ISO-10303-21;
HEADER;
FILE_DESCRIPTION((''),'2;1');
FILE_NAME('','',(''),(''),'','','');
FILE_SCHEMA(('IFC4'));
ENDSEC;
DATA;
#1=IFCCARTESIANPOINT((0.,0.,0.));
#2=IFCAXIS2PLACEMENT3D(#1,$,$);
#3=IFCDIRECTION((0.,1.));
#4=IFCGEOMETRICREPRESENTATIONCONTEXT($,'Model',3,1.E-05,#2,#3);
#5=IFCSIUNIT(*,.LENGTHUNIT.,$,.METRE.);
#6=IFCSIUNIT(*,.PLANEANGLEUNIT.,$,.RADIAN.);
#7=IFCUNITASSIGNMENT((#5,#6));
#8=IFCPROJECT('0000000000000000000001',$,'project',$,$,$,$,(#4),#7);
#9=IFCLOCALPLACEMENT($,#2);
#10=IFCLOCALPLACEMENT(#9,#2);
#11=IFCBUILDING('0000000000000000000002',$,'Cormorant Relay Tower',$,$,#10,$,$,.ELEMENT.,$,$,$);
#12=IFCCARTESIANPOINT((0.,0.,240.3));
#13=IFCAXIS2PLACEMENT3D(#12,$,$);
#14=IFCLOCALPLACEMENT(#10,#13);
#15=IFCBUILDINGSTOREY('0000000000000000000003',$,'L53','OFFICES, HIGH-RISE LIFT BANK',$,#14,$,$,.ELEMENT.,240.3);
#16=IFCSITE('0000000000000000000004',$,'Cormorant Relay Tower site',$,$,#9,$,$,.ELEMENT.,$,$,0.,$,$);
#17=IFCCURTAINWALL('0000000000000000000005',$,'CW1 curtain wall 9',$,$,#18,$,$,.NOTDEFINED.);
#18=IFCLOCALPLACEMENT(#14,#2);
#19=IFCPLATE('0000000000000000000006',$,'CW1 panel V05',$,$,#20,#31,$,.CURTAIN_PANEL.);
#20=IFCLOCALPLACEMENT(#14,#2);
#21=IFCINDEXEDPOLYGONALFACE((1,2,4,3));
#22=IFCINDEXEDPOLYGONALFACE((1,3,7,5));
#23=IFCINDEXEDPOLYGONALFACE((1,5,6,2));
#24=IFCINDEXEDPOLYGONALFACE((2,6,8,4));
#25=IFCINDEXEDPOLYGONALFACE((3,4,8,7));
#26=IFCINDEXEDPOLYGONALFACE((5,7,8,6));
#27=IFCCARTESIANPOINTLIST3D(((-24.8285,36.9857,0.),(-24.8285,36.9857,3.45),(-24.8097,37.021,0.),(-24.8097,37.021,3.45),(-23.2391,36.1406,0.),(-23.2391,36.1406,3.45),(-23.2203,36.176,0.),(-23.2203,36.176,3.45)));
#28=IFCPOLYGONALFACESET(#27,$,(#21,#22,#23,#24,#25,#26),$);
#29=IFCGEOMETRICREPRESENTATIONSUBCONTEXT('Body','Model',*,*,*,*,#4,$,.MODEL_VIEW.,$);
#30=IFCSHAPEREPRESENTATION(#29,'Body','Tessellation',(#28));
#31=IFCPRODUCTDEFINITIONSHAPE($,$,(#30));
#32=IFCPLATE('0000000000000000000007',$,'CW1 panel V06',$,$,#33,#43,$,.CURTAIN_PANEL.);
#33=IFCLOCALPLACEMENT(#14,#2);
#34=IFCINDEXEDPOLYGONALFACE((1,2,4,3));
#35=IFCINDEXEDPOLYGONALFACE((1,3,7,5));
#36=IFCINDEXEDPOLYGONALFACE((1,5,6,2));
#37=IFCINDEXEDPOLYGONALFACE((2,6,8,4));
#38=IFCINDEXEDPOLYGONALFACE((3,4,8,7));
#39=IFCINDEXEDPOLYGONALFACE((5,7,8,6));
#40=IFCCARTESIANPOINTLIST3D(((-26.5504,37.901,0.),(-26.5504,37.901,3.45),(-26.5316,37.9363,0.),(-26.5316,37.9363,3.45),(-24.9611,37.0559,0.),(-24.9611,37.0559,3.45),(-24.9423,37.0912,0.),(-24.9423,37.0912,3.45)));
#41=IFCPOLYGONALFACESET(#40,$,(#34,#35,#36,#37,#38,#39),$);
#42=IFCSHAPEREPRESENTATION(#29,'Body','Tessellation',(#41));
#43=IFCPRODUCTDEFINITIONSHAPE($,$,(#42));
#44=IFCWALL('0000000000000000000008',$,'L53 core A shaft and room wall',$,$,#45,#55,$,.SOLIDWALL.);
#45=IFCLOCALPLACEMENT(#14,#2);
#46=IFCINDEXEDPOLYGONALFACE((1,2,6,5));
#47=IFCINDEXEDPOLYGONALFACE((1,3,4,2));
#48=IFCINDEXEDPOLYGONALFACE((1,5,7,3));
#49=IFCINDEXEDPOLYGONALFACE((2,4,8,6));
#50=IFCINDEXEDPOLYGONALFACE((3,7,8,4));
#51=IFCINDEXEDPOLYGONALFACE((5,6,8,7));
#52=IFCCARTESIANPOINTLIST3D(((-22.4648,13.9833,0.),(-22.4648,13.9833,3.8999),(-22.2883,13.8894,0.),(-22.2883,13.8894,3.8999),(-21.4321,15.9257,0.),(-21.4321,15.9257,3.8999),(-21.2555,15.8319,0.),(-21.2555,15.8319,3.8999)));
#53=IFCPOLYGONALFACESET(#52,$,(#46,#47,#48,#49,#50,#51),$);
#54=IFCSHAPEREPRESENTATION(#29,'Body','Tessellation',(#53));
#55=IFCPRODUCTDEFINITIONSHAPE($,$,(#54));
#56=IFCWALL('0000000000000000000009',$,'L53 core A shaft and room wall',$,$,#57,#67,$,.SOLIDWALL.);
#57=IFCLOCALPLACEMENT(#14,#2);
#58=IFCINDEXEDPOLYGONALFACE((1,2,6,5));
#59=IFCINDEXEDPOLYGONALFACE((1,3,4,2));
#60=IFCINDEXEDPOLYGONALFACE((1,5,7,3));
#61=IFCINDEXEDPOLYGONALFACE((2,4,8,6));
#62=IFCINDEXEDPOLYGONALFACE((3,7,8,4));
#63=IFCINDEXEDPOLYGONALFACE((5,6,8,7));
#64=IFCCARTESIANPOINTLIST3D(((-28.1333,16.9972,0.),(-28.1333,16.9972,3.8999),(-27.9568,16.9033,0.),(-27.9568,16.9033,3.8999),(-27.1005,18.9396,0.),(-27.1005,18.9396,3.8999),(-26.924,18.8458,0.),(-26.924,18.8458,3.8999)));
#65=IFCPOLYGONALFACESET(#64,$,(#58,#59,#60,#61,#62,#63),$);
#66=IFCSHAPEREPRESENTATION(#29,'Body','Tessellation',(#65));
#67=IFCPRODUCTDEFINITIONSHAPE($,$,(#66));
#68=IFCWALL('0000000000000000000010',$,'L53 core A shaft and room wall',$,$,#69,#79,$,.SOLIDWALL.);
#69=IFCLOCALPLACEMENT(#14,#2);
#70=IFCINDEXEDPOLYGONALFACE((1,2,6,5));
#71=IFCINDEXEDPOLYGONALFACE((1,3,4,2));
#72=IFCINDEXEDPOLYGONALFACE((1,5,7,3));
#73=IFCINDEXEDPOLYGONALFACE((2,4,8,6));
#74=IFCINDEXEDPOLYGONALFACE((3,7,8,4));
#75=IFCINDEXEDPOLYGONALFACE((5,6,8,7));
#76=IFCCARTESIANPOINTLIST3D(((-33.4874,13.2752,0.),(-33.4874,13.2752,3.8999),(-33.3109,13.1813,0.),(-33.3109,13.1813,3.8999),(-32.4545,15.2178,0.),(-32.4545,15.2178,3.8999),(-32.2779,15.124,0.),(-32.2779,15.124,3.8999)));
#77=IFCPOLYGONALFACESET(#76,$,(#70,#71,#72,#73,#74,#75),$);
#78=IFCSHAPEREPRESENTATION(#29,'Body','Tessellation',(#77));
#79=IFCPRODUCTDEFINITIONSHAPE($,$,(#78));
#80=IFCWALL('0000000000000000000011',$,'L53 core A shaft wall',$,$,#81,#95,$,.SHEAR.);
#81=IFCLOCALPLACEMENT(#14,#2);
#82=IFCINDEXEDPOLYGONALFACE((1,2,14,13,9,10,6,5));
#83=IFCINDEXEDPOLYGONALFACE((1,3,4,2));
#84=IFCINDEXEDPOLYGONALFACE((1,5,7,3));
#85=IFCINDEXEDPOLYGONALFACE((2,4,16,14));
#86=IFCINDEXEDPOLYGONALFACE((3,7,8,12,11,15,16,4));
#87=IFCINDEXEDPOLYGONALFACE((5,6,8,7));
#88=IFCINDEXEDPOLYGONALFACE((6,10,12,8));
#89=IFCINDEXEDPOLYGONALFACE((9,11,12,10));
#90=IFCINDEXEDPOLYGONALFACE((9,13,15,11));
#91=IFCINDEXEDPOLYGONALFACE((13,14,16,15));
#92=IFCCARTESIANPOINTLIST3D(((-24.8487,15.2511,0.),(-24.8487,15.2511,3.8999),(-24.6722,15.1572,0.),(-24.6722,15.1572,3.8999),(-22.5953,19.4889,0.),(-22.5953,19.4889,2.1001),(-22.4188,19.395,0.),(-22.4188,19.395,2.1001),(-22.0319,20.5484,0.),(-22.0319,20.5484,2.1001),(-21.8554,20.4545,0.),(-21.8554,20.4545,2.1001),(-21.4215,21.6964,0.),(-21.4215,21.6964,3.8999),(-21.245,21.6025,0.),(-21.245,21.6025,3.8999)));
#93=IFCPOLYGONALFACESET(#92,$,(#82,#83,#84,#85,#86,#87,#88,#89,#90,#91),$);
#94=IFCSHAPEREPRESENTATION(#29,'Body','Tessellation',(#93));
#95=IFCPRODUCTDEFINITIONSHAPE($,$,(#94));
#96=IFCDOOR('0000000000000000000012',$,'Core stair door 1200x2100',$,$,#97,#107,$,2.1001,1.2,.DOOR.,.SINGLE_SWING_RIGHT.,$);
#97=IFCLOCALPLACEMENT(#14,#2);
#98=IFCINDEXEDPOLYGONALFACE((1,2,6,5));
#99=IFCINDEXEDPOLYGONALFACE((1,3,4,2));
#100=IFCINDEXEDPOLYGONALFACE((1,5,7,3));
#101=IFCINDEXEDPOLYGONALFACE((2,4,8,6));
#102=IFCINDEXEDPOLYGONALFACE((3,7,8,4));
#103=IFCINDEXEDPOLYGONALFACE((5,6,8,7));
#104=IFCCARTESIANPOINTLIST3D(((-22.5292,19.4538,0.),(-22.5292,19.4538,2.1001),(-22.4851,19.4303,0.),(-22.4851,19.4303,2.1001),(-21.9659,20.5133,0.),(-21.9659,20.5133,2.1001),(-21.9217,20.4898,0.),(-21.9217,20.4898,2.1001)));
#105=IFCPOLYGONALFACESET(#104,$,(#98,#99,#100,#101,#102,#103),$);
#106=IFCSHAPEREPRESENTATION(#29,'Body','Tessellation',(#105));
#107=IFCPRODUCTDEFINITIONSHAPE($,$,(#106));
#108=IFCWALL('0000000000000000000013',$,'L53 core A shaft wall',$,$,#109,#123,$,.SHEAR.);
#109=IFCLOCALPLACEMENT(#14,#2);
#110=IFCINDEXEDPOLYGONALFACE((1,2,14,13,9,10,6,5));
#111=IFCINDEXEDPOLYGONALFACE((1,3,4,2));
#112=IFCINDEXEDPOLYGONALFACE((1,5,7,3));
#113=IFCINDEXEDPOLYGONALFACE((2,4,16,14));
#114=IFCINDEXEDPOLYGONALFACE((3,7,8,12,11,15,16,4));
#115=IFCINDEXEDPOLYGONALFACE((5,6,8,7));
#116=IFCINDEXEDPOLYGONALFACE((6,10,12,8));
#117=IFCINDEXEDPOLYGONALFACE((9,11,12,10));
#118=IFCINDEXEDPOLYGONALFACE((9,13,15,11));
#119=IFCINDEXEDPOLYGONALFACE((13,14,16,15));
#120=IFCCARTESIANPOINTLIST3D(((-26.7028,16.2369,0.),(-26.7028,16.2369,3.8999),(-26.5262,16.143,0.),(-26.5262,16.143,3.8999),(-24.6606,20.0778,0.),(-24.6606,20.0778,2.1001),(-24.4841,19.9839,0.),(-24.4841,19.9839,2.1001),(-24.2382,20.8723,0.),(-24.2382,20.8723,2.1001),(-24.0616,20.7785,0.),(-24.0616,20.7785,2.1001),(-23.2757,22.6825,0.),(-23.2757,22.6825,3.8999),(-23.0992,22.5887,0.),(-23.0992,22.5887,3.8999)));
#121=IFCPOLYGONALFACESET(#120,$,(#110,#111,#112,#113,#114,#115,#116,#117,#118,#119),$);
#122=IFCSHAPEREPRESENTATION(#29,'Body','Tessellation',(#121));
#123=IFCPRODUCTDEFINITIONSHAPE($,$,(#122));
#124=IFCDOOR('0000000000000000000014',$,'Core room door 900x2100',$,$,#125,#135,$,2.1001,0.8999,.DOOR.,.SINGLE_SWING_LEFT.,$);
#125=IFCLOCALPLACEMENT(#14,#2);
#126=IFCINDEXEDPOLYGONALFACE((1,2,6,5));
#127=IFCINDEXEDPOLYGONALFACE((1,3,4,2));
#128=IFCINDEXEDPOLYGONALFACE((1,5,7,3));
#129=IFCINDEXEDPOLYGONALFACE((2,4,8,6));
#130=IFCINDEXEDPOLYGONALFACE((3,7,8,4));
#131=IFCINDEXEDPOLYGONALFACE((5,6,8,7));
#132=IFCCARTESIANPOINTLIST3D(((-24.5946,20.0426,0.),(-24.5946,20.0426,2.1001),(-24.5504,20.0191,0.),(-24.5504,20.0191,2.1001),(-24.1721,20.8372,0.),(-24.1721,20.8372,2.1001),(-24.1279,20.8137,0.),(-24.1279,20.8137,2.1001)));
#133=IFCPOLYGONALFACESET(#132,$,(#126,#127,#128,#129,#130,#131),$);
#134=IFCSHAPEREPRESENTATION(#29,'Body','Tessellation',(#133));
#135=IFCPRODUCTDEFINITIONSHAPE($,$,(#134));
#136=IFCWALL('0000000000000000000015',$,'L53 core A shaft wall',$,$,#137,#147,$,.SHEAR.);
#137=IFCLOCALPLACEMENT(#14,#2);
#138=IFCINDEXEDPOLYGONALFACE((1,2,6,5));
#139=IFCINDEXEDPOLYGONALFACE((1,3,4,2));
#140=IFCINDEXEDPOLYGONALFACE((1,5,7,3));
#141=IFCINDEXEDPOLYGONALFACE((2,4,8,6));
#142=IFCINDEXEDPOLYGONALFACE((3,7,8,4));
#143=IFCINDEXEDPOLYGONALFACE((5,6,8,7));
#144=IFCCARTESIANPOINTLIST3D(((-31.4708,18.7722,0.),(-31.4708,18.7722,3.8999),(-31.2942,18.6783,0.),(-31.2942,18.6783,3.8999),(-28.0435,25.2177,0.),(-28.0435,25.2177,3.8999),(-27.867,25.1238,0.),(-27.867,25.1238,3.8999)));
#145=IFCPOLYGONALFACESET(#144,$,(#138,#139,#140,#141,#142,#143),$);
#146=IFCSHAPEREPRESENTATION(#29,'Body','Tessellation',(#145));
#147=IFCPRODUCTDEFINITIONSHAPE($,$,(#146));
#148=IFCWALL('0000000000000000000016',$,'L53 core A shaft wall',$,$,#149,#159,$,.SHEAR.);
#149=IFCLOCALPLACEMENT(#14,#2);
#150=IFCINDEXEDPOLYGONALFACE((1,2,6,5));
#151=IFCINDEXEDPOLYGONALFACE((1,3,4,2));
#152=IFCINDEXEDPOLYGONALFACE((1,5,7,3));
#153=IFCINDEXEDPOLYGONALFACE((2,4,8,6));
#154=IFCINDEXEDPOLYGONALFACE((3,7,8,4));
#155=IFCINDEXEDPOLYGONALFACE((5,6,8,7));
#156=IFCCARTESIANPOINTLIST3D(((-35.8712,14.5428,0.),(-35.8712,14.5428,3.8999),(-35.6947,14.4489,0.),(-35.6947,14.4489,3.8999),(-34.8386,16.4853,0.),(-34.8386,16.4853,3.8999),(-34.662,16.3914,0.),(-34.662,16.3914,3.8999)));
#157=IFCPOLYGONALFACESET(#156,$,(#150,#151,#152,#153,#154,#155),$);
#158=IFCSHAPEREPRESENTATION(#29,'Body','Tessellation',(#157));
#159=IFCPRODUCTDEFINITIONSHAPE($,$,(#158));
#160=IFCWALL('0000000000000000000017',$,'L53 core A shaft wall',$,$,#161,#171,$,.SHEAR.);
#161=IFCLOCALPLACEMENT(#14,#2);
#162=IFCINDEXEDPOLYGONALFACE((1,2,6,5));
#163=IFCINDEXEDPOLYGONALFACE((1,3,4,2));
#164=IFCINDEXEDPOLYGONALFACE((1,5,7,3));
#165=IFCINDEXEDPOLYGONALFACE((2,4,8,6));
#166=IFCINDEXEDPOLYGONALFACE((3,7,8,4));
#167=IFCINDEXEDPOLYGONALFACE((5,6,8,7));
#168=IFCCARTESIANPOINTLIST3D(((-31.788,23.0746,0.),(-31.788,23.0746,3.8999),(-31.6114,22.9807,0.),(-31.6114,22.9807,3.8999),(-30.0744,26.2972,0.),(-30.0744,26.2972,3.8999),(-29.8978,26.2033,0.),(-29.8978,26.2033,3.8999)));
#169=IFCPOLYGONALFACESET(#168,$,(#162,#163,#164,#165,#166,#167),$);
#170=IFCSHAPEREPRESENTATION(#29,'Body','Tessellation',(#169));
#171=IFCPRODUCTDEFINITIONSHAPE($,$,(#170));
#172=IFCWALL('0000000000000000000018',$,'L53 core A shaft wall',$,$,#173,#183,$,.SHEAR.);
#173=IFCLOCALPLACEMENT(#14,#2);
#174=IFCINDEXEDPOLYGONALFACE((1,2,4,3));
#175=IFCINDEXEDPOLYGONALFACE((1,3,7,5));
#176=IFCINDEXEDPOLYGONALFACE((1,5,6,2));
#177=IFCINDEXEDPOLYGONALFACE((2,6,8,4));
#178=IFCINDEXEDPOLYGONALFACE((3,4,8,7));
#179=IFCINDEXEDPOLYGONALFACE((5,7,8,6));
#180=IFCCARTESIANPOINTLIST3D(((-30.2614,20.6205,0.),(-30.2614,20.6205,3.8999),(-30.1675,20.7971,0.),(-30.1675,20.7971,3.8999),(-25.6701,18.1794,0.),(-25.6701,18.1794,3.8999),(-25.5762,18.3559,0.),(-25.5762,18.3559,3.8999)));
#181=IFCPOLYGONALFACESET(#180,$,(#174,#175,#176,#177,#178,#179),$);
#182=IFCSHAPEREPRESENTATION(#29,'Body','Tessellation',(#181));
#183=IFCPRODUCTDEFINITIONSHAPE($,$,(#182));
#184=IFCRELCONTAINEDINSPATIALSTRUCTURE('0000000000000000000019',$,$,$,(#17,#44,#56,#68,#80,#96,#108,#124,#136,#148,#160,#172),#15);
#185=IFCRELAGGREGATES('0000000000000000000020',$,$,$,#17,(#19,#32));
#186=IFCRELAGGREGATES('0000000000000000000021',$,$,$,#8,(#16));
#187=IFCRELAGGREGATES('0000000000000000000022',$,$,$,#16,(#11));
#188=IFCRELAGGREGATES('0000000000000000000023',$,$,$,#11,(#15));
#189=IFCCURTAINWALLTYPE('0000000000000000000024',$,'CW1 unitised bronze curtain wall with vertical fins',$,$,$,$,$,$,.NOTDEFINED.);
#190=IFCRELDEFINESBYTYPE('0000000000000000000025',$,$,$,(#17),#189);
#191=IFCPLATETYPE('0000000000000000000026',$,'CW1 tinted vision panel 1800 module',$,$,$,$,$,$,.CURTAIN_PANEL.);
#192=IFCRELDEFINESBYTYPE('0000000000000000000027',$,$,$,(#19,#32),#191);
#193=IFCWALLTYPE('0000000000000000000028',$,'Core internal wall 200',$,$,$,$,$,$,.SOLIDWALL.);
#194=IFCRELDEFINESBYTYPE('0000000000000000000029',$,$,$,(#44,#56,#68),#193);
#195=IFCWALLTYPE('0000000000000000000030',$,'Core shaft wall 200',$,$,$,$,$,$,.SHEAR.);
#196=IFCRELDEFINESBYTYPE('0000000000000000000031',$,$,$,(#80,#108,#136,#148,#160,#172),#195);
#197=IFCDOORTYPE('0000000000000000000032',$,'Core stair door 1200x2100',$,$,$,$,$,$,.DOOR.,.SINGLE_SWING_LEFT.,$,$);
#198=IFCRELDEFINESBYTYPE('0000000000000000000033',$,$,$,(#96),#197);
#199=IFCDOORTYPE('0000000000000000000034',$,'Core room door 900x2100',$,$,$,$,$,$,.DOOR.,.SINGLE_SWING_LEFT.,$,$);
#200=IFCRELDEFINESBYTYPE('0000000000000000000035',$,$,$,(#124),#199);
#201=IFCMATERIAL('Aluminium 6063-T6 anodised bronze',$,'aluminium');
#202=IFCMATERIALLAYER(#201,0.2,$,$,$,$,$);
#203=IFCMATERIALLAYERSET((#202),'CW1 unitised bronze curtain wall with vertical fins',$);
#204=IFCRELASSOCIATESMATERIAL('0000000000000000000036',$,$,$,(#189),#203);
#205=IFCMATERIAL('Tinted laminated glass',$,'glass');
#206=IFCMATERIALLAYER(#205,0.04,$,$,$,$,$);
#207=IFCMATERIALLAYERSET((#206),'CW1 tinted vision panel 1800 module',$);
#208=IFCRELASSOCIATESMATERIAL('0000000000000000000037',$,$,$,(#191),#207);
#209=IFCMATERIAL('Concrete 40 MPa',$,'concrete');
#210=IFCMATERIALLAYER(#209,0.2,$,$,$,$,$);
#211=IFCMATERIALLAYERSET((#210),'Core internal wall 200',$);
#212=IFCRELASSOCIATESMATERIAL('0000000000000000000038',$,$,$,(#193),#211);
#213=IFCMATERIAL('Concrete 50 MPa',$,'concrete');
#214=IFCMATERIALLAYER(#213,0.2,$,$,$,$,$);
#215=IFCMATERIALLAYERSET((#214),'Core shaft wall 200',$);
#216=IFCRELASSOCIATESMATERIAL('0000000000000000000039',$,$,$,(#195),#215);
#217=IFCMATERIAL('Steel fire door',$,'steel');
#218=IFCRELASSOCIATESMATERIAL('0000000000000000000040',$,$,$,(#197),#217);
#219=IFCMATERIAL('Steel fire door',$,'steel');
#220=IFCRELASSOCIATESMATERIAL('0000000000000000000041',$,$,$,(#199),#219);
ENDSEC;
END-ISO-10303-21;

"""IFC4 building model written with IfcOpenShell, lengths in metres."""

from ifc_helpers import new_model, si_unit, direction, frame, frame_2d, origin, origin_2d, place, context, subcontext, project, spatial, rectangle, extrude, material, layer, layer_set, type_object, element, fill, aggregate, save


model = new_model("IFC4")

# Units and contexts
model_context = context("Model", 3, precision=1e-05, world=origin(), true_north=direction((0.0, 1.0)))
body_context = subcontext(model_context, "Body", "Model", "MODEL_VIEW")
ifc_project = project(units=[si_unit("LENGTHUNIT", "METRE"), si_unit("PLANEANGLEUNIT", "RADIAN")], contexts=[model_context])

# Site, building, storey
site_placement = place(None, origin())
site = spatial("IfcSite", under=ifc_project, at=site_placement, Name="Cormorant Relay Tower site", CompositionType="ELEMENT", RefElevation=0.0)
building_placement = place(site_placement, origin())
building = spatial("IfcBuilding", under=site, at=building_placement, Name="Cormorant Relay Tower", CompositionType="ELEMENT")
storey_placement = place(building_placement, frame((0.0, 0.0, 240.3)))
storey = spatial("IfcBuildingStorey", under=building, at=storey_placement, Name="L53", Description="OFFICES, HIGH-RISE LIFT BANK", CompositionType="ELEMENT", Elevation=240.3)

# Curtain wall
ifc_material_1 = material(Name="Aluminium 6063-T6 anodised bronze", Category="aluminium")
ifc_layer_1 = layer(ifc_material_1, 0.2)
ifc_layer_set_1 = layer_set([ifc_layer_1], Name="CW1 unitised bronze curtain wall with vertical fins")
curtain_wall_type = type_object("IfcCurtainWallType", Name="CW1 unitised bronze curtain wall with vertical fins", PredefinedType="NOTDEFINED", material=ifc_layer_set_1)
curtain_wall_1_placement = place(storey_placement, origin())
curtain_wall_1 = element("IfcCurtainWall", 1, at=curtain_wall_1_placement, inside=storey, type_object=curtain_wall_type, Name="CW1 curtain wall 9", PredefinedType="NOTDEFINED")

# Plates
ifc_material_2 = material(Name="Tinted laminated glass", Category="glass")
ifc_layer_2 = layer(ifc_material_2, 0.04)
ifc_layer_set_2 = layer_set([ifc_layer_2], Name="CW1 tinted vision panel 1800 module")
plate_type = type_object("IfcPlateType", Name="CW1 tinted vision panel 1800 module", PredefinedType="CURTAIN_PANEL", material=ifc_layer_set_2)
plate_1_placement = place(storey_placement, frame((-24.0244, 36.5808, 0.0), z_axis=(0.0, 0.0, 1.0), x_axis=(-0.882948, 0.469472, 0.0)))
plate_1 = element("IfcPlate", 2, at=plate_1_placement, type_object=plate_type, Name="CW1 panel V05", PredefinedType="CURTAIN_PANEL", context=body_context, shape_type="SweptSolid", body=[
    extrude(rectangle(XDim=1.8, YDim=0.04, at=origin_2d()), origin(), (0.0, 0.0, 1.0), 3.45),
])
plate_2_placement = place(storey_placement, frame((-25.7463, 37.4961, 0.0), z_axis=(0.0, 0.0, 1.0), x_axis=(-0.882948, 0.469472, 0.0)))
plate_2 = element("IfcPlate", 3, at=plate_2_placement, type_object=plate_type, Name="CW1 panel V06", PredefinedType="CURTAIN_PANEL", context=body_context, shape_type="SweptSolid", body=[
    extrude(rectangle(XDim=1.8, YDim=0.04, at=origin_2d()), origin(), (0.0, 0.0, 1.0), 3.45),
])

# Walls
ifc_material_3 = material(Name="Concrete 40 MPa", Category="concrete")
ifc_layer_3 = layer(ifc_material_3, 0.2)
ifc_layer_set_3 = layer_set([ifc_layer_3], Name="Core internal wall 200")
wall_type_1 = type_object("IfcWallType", Name="Core internal wall 200", PredefinedType="SOLIDWALL", material=ifc_layer_set_3)
for number, where, z_axis, x_axis, name in (
    (4, (-21.3438, 15.8789, 0.0), (0.0, 0.0, 1.0), (-0.469447, -0.88296, 0.0), "L53 core A shaft and room wall"),
    (5, (-27.0122, 18.8928, 0.0), (0.0, 0.0, 1.0), (-0.469447, -0.88296, 0.0), "L53 core A shaft and room wall"),
):
    element("IfcWall", number, at=place(storey_placement, frame(where, z_axis=z_axis, x_axis=x_axis)), inside=storey, type_object=wall_type_1, Name=name, PredefinedType="SOLIDWALL", context=body_context, shape_type="SweptSolid", body=[
        extrude(rectangle(XDim=2.2, YDim=0.2, at=frame_2d((1.1001, 0.0))), origin(), (0.0, 0.0, 1.0), 3.8999),
    ])
wall_1_placement = place(storey_placement, frame((-32.3662, 15.1709, 0.0), z_axis=(0.0, 0.0, 1.0), x_axis=(-0.469488, -0.882939, 0.0)))
element("IfcWall", 6, at=wall_1_placement, inside=storey, type_object=wall_type_1, Name="L53 core A shaft and room wall", PredefinedType="SOLIDWALL", context=body_context, shape_type="SweptSolid", body=[
    extrude(rectangle(XDim=2.2002, YDim=0.2, at=frame_2d((1.1001, 0.0))), origin(), (0.0, 0.0, 1.0), 3.8999),
])

# Walls, openings, doors
ifc_material_4 = material(Name="Concrete 50 MPa", Category="concrete")
ifc_layer_4 = layer(ifc_material_4, 0.2)
ifc_layer_set_4 = layer_set([ifc_layer_4], Name="Core shaft wall 200")
wall_type_2 = type_object("IfcWallType", Name="Core shaft wall 200", PredefinedType="SHEAR", material=ifc_layer_set_4)
wall_2_placement = place(storey_placement, frame((-21.3333, 21.6494, 0.0), z_axis=(0.0, 0.0, 1.0), x_axis=(-0.469494, -0.882936, 0.0)))
wall_2 = element("IfcWall", 7, at=wall_2_placement, inside=storey, type_object=wall_type_2, Name="L53 core A shaft wall", PredefinedType="SHEAR", context=body_context, shape_type="SweptSolid", body=[
    extrude(rectangle(XDim=7.2998, YDim=0.2, at=frame_2d((3.6499, 0.0))), origin(), (0.0, 0.0, 1.0), 3.8999),
])
opening_1_placement = place(wall_2_placement, frame((1.3, 0.0, 0.0)))
opening_1 = element("IfcOpeningElement", 8, at=opening_1_placement, cuts=wall_2, PredefinedType="OPENING", context=body_context, shape_type="SweptSolid", body=[
    extrude(rectangle(XDim=1.2, YDim=2.1001, at=frame_2d((0.6001, 1.05))), frame((0.0, 0.1099, 0.0), z_axis=(0.0, -1.0, 0.0), x_axis=(1.0, 0.0, 0.0)), (0.0, 0.0, 1.0), 0.22),
])
ifc_material_5 = material(Name="Steel fire door", Category="steel")
door_type_1 = type_object("IfcDoorType", Name="Core stair door 1200x2100", OperationType="SINGLE_SWING_LEFT", PredefinedType="DOOR", material=ifc_material_5)
door_1_placement = place(opening_1_placement, origin())
door_1 = element("IfcDoor", 9, at=door_1_placement, inside=storey, type_object=door_type_1, Name="Core stair door 1200x2100", OperationType="SINGLE_SWING_RIGHT", OverallHeight=2.1001, OverallWidth=1.2, PredefinedType="DOOR", context=body_context, shape_type="SweptSolid", body=[
    extrude(rectangle(XDim=1.2, YDim=2.1001, at=frame_2d((0.6001, 1.05))), frame((0.0, 0.0249, 0.0), z_axis=(0.0, -1.0, 0.0), x_axis=(1.0, 0.0, 0.0)), (0.0, 0.0, 1.0), 0.05),
])
fill(opening_1, door_1)
wall_3_placement = place(storey_placement, frame((-23.1875, 22.6355, 0.0), z_axis=(0.0, 0.0, 1.0), x_axis=(-0.469454, -0.882957, 0.0)))
wall_3 = element("IfcWall", 10, at=wall_3_placement, inside=storey, type_object=wall_type_2, Name="L53 core A shaft wall", PredefinedType="SHEAR", context=body_context, shape_type="SweptSolid", body=[
    extrude(rectangle(XDim=7.3, YDim=0.2, at=frame_2d((3.6499, 0.0))), origin(), (0.0, 0.0, 1.0), 3.8999),
])
opening_2_placement = place(wall_3_placement, frame((2.05, 0.0, 0.0)))
opening_2 = element("IfcOpeningElement", 11, at=opening_2_placement, cuts=wall_3, PredefinedType="OPENING", context=body_context, shape_type="SweptSolid", body=[
    extrude(rectangle(XDim=0.8999, YDim=2.1001, at=frame_2d((0.45, 1.05))), frame((0.0, 0.1099, 0.0), z_axis=(0.0, -1.0, 0.0), x_axis=(1.0, 0.0, 0.0)), (0.0, 0.0, 1.0), 0.22),
])
ifc_material_6 = material(Name="Steel fire door", Category="steel")
door_type_2 = type_object("IfcDoorType", Name="Core room door 900x2100", OperationType="SINGLE_SWING_LEFT", PredefinedType="DOOR", material=ifc_material_6)
door_2_placement = place(opening_2_placement, origin())
door_2 = element("IfcDoor", 12, at=door_2_placement, inside=storey, type_object=door_type_2, Name="Core room door 900x2100", OperationType="SINGLE_SWING_LEFT", OverallHeight=2.1001, OverallWidth=0.8999, PredefinedType="DOOR", context=body_context, shape_type="SweptSolid", body=[
    extrude(rectangle(XDim=0.8999, YDim=2.1001, at=frame_2d((0.45, 1.05))), frame((0.0, 0.0249, 0.0), z_axis=(0.0, -1.0, 0.0), x_axis=(1.0, 0.0, 0.0)), (0.0, 0.0, 1.0), 0.05),
])
fill(opening_2, door_2)

# Walls
wall_4_placement = place(storey_placement, frame((-27.9553, 25.1707, 0.0), z_axis=(0.0, 0.0, 1.0), x_axis=(-0.46948, -0.882943, 0.0)))
element("IfcWall", 13, at=wall_4_placement, inside=storey, type_object=wall_type_2, Name="L53 core A shaft wall", PredefinedType="SHEAR", context=body_context, shape_type="SweptSolid", body=[
    extrude(rectangle(XDim=7.3, YDim=0.2, at=frame_2d((3.6499, 0.0))), origin(), (0.0, 0.0, 1.0), 3.8999),
])
wall_5_placement = place(storey_placement, frame((-34.7502, 16.4385, 0.0), z_axis=(0.0, 0.0, 1.0), x_axis=(-0.469401, -0.882985, 0.0)))
element("IfcWall", 14, at=wall_5_placement, inside=storey, type_object=wall_type_2, Name="L53 core A shaft wall", PredefinedType="SHEAR", context=body_context, shape_type="SweptSolid", body=[
    extrude(rectangle(XDim=2.2, YDim=0.2, at=frame_2d((1.1001, 0.0))), origin(), (0.0, 0.0, 1.0), 3.8999),
])
wall_6_placement = place(storey_placement, frame((-29.9861, 26.2502, 0.0), z_axis=(0.0, 0.0, 1.0), x_axis=(-0.469494, -0.882936, 0.0)))
element("IfcWall", 15, at=wall_6_placement, inside=storey, type_object=wall_type_2, Name="L53 core A shaft wall", PredefinedType="SHEAR", context=body_context, shape_type="SweptSolid", body=[
    extrude(rectangle(XDim=3.6499, YDim=0.2, at=frame_2d((1.825, 0.0))), origin(), (0.0, 0.0, 1.0), 3.8999),
])

# Wall
wall_7_placement = place(storey_placement, frame((-25.623, 18.2676, 0.0), z_axis=(0.0, 0.0, 1.0), x_axis=(-0.882954, 0.46946, 0.0)))
element("IfcWall", 16, at=wall_7_placement, inside=storey, type_object=wall_type_2, Name="L53 core A shaft wall", PredefinedType="SHEAR", context=body_context, shape_type="SweptSolid", body=[
    extrude(rectangle(XDim=5.2, YDim=0.2, at=frame_2d((2.6001, 0.0))), origin(), (0.0, 0.0, 1.0), 3.8999),
])

aggregate(curtain_wall_1, [plate_1, plate_2])

save(model, "model.ifc")
